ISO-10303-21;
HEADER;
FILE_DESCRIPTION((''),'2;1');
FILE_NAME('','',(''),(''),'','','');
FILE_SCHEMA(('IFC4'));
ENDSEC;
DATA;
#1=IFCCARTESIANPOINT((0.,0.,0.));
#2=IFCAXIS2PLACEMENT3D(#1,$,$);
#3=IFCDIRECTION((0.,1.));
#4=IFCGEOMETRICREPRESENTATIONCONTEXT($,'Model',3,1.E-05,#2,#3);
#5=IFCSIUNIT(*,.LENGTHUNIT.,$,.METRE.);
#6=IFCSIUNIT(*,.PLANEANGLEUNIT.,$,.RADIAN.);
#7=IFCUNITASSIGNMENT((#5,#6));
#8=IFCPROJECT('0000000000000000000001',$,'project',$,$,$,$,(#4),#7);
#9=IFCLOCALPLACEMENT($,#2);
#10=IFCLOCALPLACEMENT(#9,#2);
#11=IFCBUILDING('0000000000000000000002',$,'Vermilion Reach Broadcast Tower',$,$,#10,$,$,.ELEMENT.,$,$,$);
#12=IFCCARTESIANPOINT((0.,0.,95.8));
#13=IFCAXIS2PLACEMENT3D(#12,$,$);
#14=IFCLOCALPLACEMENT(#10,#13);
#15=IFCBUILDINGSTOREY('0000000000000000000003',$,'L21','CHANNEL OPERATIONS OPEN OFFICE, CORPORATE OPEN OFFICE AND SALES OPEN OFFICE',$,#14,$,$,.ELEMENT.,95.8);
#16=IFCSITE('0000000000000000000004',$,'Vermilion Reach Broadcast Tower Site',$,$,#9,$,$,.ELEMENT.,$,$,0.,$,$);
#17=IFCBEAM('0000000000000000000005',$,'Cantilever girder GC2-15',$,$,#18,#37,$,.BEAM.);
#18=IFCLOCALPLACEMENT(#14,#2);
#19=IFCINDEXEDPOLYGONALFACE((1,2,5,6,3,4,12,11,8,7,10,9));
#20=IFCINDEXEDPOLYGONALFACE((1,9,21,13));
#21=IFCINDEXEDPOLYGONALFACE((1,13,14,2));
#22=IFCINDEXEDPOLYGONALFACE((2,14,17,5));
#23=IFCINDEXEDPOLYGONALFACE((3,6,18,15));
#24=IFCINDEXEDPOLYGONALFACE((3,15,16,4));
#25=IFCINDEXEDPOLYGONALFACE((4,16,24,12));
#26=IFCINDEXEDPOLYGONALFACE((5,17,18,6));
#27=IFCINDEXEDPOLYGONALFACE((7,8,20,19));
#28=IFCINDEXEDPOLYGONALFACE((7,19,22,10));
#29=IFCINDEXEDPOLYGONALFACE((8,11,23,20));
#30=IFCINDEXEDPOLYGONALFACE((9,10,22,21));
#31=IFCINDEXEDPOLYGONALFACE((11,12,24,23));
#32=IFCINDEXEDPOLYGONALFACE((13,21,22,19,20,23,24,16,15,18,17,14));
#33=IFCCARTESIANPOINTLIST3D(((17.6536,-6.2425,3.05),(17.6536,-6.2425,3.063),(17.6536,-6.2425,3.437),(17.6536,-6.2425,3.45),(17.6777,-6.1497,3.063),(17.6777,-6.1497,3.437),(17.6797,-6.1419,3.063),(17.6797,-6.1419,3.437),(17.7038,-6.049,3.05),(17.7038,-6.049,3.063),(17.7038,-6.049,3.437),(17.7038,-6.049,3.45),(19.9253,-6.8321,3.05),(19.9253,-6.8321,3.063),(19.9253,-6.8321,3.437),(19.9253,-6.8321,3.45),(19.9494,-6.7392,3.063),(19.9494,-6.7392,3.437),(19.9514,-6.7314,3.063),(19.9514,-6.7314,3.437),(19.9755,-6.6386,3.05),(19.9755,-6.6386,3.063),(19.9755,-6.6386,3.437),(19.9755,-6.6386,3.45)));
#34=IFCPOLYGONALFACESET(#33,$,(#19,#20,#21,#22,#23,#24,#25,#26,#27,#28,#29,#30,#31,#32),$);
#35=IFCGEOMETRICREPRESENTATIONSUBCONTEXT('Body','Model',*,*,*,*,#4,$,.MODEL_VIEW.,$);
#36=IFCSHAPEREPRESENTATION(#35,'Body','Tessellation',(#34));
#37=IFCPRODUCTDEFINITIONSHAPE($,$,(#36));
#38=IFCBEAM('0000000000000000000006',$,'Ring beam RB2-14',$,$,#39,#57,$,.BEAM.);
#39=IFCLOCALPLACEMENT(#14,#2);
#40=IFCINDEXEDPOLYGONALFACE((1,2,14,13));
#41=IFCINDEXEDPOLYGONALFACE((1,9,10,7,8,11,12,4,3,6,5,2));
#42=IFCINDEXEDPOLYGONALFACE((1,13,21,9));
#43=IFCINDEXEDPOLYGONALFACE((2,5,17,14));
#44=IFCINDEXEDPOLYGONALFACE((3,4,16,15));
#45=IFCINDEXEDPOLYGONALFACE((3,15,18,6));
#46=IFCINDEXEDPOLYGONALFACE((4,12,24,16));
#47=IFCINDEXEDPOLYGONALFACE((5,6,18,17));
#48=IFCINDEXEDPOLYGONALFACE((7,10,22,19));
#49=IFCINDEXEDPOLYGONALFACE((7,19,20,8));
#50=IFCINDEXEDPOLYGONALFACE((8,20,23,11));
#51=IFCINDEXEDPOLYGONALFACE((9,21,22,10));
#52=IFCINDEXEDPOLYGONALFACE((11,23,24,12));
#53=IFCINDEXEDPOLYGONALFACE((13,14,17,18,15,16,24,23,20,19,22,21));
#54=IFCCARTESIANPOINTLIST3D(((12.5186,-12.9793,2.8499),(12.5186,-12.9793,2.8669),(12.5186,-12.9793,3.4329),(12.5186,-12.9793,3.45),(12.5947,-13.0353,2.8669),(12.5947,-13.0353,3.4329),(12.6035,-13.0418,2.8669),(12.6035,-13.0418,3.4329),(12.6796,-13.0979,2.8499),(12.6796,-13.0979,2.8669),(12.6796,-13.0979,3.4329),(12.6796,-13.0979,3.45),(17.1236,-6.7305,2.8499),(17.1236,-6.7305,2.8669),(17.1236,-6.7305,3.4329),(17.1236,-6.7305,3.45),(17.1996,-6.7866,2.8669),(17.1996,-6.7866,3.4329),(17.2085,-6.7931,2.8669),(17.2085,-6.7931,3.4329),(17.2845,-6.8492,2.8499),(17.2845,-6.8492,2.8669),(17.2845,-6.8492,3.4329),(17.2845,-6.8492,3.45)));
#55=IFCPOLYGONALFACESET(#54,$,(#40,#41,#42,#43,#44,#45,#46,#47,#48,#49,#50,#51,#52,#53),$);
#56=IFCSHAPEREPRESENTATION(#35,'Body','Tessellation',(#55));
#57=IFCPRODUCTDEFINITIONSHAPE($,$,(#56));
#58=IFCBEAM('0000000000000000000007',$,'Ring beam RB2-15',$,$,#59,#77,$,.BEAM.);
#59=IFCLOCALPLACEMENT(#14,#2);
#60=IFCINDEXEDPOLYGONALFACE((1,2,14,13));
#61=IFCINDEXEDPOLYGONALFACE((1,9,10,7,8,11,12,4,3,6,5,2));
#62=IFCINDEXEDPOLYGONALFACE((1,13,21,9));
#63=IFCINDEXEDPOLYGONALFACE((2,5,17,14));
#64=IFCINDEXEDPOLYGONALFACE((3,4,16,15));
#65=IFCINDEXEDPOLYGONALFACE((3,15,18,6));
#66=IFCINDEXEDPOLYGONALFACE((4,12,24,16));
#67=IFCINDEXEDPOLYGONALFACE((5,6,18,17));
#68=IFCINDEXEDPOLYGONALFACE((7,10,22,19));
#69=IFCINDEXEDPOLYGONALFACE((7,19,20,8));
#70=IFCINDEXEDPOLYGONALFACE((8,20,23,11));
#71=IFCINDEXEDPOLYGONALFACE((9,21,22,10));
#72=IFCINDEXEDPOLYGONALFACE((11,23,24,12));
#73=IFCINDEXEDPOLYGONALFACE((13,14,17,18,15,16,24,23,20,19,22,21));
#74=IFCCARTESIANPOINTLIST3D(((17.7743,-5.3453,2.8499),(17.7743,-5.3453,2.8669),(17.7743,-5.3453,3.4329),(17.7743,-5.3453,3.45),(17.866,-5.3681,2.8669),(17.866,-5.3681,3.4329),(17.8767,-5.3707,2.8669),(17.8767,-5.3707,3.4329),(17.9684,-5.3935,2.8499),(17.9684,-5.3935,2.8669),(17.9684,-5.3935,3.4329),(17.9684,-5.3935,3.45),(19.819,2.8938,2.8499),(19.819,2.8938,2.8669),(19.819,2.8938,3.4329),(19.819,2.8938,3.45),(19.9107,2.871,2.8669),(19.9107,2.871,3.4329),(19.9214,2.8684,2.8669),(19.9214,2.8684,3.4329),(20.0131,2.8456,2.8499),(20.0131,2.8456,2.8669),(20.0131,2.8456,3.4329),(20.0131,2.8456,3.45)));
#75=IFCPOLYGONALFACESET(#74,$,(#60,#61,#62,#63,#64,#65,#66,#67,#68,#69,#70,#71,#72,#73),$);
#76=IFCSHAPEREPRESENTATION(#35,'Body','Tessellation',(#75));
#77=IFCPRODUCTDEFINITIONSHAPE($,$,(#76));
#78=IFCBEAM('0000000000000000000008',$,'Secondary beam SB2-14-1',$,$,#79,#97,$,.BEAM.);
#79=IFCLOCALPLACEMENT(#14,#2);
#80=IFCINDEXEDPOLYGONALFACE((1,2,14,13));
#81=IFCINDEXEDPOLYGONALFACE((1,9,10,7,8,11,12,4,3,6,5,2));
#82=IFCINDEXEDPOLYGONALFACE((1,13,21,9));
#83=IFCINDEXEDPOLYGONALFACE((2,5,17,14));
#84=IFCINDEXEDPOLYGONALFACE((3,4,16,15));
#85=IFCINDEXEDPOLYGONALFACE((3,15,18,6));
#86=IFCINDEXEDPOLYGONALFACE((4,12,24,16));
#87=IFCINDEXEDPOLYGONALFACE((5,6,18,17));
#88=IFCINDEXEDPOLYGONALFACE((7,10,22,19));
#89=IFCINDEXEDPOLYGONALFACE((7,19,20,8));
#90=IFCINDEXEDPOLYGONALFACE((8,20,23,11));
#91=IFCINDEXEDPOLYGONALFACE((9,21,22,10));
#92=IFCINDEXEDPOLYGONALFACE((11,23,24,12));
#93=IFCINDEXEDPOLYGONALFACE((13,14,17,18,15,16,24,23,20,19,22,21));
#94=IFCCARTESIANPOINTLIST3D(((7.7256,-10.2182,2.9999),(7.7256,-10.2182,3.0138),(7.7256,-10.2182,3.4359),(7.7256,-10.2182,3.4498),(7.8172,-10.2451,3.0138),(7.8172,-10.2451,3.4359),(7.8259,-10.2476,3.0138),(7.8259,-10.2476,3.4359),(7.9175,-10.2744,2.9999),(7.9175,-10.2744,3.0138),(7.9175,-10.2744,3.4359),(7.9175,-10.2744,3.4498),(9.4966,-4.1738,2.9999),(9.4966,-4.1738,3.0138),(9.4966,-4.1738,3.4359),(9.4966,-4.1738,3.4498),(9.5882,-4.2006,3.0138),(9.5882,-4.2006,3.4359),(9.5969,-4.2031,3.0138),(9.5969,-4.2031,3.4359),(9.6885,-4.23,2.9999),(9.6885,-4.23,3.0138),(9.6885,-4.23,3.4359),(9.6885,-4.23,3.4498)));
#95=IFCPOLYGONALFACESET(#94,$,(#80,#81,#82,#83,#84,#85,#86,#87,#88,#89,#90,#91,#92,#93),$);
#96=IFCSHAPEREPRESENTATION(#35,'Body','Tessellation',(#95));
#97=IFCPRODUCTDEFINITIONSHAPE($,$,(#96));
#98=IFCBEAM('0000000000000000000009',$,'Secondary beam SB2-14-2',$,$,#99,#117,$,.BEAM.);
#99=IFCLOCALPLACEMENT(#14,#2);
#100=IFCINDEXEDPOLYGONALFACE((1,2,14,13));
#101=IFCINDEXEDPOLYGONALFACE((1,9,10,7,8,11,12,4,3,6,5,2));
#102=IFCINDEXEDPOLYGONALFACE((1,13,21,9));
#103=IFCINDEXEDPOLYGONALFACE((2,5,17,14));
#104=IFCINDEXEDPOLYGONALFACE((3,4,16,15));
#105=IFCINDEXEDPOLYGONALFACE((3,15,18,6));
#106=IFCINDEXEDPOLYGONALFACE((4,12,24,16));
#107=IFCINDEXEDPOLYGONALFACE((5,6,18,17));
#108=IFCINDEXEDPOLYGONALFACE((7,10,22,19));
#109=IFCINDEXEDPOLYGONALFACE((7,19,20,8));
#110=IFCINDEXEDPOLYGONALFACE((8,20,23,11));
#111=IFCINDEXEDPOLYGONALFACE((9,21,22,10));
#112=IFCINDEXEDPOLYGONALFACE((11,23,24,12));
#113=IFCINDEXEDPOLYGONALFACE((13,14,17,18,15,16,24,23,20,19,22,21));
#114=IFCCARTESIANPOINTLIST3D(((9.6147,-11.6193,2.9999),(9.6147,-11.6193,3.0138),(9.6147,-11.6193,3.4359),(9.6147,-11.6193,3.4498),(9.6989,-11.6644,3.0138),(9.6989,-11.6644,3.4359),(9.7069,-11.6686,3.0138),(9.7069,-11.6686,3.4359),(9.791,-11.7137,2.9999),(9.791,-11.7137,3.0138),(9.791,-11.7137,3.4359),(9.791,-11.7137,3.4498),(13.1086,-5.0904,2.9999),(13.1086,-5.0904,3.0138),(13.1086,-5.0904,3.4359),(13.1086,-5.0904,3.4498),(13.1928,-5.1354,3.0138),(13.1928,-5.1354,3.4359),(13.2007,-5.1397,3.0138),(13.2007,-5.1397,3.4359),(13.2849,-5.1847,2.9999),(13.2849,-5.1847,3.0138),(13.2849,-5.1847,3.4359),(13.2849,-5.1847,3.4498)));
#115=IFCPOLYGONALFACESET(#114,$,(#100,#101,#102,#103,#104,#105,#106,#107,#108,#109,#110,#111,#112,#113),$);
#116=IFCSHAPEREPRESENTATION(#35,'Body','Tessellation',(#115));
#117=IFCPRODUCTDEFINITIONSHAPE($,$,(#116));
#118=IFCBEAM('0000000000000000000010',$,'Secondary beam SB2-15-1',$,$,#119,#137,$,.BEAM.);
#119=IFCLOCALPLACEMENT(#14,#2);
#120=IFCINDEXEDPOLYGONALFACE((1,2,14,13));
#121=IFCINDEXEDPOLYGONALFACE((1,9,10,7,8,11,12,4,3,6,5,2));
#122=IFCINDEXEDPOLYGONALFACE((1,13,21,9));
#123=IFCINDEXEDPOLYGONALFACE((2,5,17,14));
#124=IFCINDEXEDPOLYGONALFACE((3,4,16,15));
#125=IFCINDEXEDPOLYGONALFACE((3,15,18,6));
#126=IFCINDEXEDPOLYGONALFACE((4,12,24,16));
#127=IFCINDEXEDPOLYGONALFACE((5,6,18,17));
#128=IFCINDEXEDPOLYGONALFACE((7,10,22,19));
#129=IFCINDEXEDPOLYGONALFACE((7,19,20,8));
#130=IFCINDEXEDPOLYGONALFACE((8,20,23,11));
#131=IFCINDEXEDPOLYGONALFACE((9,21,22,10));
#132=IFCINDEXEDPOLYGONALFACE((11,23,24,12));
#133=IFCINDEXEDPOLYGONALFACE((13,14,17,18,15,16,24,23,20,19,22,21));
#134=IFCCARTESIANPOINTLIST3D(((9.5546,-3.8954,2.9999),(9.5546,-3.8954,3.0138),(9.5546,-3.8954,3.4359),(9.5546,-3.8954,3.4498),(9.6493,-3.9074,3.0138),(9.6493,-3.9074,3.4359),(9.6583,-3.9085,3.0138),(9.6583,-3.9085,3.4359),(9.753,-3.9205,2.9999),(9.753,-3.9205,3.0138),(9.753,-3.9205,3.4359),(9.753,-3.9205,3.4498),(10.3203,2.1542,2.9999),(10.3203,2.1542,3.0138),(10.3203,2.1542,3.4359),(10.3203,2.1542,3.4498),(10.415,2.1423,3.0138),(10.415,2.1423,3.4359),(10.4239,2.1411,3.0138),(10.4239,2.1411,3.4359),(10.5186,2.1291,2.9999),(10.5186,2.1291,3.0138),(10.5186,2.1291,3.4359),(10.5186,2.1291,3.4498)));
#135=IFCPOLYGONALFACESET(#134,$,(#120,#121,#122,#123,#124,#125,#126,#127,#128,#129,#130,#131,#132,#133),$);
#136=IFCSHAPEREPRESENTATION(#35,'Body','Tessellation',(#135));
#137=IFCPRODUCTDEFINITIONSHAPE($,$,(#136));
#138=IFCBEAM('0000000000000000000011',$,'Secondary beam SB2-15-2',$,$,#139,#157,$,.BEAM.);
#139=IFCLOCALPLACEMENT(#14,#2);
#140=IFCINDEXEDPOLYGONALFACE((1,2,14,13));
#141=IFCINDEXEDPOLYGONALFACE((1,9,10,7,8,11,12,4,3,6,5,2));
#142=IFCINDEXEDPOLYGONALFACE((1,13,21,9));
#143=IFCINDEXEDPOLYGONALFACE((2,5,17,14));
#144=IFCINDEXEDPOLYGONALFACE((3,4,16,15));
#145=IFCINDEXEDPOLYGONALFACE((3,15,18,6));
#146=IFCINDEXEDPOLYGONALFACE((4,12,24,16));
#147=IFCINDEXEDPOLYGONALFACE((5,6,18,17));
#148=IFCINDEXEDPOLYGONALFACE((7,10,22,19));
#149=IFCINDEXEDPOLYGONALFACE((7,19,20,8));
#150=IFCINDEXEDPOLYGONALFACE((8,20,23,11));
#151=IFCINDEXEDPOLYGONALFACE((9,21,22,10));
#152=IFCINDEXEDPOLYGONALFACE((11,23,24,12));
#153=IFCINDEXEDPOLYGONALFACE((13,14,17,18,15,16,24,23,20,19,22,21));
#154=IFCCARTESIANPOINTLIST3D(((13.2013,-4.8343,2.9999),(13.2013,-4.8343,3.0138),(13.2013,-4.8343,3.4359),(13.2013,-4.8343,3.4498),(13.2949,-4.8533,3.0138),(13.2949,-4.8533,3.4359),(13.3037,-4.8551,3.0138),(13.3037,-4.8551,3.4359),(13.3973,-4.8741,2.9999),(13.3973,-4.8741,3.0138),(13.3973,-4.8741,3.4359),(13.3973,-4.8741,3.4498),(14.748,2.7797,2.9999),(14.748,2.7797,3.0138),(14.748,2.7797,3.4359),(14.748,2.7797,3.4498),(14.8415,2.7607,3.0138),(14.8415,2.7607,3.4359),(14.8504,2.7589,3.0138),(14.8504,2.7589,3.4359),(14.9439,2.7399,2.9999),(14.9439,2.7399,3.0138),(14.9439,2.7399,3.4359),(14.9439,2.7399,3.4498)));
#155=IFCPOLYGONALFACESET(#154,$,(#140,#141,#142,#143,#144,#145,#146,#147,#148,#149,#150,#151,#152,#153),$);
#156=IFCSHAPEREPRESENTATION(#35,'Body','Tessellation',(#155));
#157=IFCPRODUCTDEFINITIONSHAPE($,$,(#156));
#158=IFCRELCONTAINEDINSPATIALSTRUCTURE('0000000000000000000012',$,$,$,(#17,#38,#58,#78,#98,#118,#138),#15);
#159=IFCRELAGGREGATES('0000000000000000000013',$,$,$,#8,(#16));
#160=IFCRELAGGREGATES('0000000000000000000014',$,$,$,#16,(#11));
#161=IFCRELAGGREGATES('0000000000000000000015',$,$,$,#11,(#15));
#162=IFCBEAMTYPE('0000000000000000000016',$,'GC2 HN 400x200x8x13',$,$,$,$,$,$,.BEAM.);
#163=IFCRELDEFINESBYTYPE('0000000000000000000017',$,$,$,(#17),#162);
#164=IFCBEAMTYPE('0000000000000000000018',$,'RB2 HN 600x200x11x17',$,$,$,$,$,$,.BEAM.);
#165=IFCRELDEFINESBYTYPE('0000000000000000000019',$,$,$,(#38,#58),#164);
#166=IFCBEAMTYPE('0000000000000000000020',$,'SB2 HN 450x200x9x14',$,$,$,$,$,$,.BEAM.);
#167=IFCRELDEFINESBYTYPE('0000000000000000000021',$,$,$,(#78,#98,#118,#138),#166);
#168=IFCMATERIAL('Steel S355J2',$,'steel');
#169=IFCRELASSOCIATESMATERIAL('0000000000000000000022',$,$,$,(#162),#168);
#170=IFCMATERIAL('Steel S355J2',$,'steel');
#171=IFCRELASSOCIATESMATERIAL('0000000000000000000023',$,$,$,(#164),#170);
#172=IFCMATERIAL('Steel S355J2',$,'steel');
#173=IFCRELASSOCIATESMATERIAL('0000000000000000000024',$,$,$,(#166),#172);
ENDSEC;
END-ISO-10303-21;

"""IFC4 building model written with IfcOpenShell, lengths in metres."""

from ifc_helpers import new_model, si_unit, direction, frame, origin, origin_2d, place, context, subcontext, project, spatial, i_section, extrude, material, material_profile, profile_set, type_object, element, save


model = new_model("IFC4")

# Units and contexts
model_context = context("Model", 3, precision=1e-05, world=origin(), true_north=direction((0.0, 1.0)))
body_context = subcontext(model_context, "Body", "Model", "MODEL_VIEW")
ifc_project = project(units=[si_unit("LENGTHUNIT", "METRE"), si_unit("PLANEANGLEUNIT", "RADIAN")], contexts=[model_context])

# Site, building, storey
site_placement = place(None, origin())
site = spatial("IfcSite", under=ifc_project, at=site_placement, Name="Vermilion Reach Broadcast Tower Site", CompositionType="ELEMENT", RefElevation=0.0)
building_placement = place(site_placement, origin())
building = spatial("IfcBuilding", under=site, at=building_placement, Name="Vermilion Reach Broadcast Tower", CompositionType="ELEMENT")
storey_placement = place(building_placement, frame((0.0, 0.0, 95.8)))
storey = spatial("IfcBuildingStorey", under=building, at=storey_placement, Name="L21", Description="CHANNEL OPERATIONS OPEN OFFICE, CORPORATE OPEN OFFICE AND SALES OPEN OFFICE", CompositionType="ELEMENT", Elevation=95.8)

# Beams
ifc_material_1 = material(Name="Steel S355J2", Category="steel")
ifc_material_profile_1 = material_profile(ifc_material_1, i_section(OverallWidth=0.2, OverallDepth=0.3999, WebThickness=0.0081, FlangeThickness=0.0129, at=origin_2d()), Name="S355J2 HN 400x200x8x13")
ifc_profile_set_1 = profile_set([ifc_material_profile_1], Name="Steel S355J2")
beam_type_1 = type_object("IfcBeamType", Name="GC2 HN 400x200x8x13", PredefinedType="BEAM", material=ifc_profile_set_1)
beam_1_placement = place(storey_placement, frame((17.6787, -6.1458, 3.25), z_axis=(0.967931, -0.251215, 0.0), x_axis=(0.251215, 0.967931, 0.0)))
element("IfcBeam", 1, at=beam_1_placement, inside=storey, type_object=beam_type_1, Name="Cantilever girder GC2-15", PredefinedType="BEAM", context=body_context, shape_type="SweptSolid", body=[
    extrude(i_section(OverallWidth=0.2, OverallDepth=0.3999, WebThickness=0.0081, FlangeThickness=0.0129, at=origin_2d()), origin(), (0.0, 0.0, 1.0), 2.3469),
])
ifc_material_2 = material(Name="Steel S355J2", Category="steel")
ifc_material_profile_2 = material_profile(ifc_material_2, i_section(OverallWidth=0.2, OverallDepth=0.6001, WebThickness=0.011, FlangeThickness=0.0171, at=origin_2d()), Name="S355J2 HN 600x200x11x17")
ifc_profile_set_2 = profile_set([ifc_material_profile_2], Name="Steel S355J2")
beam_type_2 = type_object("IfcBeamType", Name="RB2 HN 600x200x11x17", PredefinedType="BEAM", material=ifc_profile_set_2)
beam_2_placement = place(storey_placement, frame((12.5991, -13.0386, 3.1499), z_axis=(0.593251, 0.805018, 0.0), x_axis=(-0.805018, 0.593251, 0.0)))
element("IfcBeam", 2, at=beam_2_placement, inside=storey, type_object=beam_type_2, Name="Ring beam RB2-14", PredefinedType="BEAM", context=body_context, shape_type="SweptSolid", body=[
    extrude(i_section(OverallWidth=0.2, OverallDepth=0.6001, WebThickness=0.011, FlangeThickness=0.0171, at=origin_2d()), origin(), (0.0, 0.0, 1.0), 7.7622),
])
beam_3_placement = place(storey_placement, frame((17.8713, -5.3694, 3.1499), z_axis=(0.240864, 0.970559, 0.0), x_axis=(-0.970559, 0.240864, 0.0)))
element("IfcBeam", 3, at=beam_3_placement, inside=storey, type_object=beam_type_2, Name="Ring beam RB2-15", PredefinedType="BEAM", context=body_context, shape_type="SweptSolid", body=[
    extrude(i_section(OverallWidth=0.2, OverallDepth=0.6001, WebThickness=0.011, FlangeThickness=0.0171, at=origin_2d()), origin(), (0.0, 0.0, 1.0), 8.489),
])
ifc_material_3 = material(Name="Steel S355J2", Category="steel")
ifc_material_profile_3 = material_profile(ifc_material_3, i_section(OverallWidth=0.2, OverallDepth=0.45, WebThickness=0.009, FlangeThickness=0.0139, at=origin_2d()), Name="S355J2 HN 450x200x9x14")
ifc_profile_set_3 = profile_set([ifc_material_profile_3], Name="Steel S355J2")
beam_type_3 = type_object("IfcBeamType", Name="SB2 HN 450x200x9x14", PredefinedType="BEAM", material=ifc_profile_set_3)
beam_4_placement = place(storey_placement, frame((7.8215, -10.2463, 3.2249), z_axis=(0.281176, 0.959656, 0.0), x_axis=(-0.959656, 0.281176, 0.0)))
element("IfcBeam", 4, at=beam_4_placement, inside=storey, type_object=beam_type_3, Name="Secondary beam SB2-14-1", PredefinedType="BEAM", context=body_context, shape_type="SweptSolid", body=[
    extrude(i_section(OverallWidth=0.2, OverallDepth=0.45, WebThickness=0.009, FlangeThickness=0.0139, at=origin_2d()), origin(), (0.0, 0.0, 1.0), 6.2986),
])
beam_5_placement = place(storey_placement, frame((9.7029, -11.6665, 3.2249), z_axis=(0.471822, 0.881694, 0.0), x_axis=(-0.881694, 0.471822, 0.0)))
element("IfcBeam", 5, at=beam_5_placement, inside=storey, type_object=beam_type_3, Name="Secondary beam SB2-14-2", PredefinedType="BEAM", context=body_context, shape_type="SweptSolid", body=[
    extrude(i_section(OverallWidth=0.2, OverallDepth=0.45, WebThickness=0.009, FlangeThickness=0.0139, at=origin_2d()), origin(), (0.0, 0.0, 1.0), 7.405),
])
beam_6_placement = place(storey_placement, frame((9.6538, -3.908, 3.2249), z_axis=(0.125557, 0.992086, 0.0), x_axis=(-0.992086, 0.125557, 0.0)))
element("IfcBeam", 6, at=beam_6_placement, inside=storey, type_object=beam_type_3, Name="Secondary beam SB2-15-1", PredefinedType="BEAM", context=body_context, shape_type="SweptSolid", body=[
    extrude(i_section(OverallWidth=0.2, OverallDepth=0.45, WebThickness=0.009, FlangeThickness=0.0139, at=origin_2d()), origin(), (0.0, 0.0, 1.0), 6.0979),
])
beam_7_placement = place(storey_placement, frame((13.2993, -4.8542, 3.2249), z_axis=(0.199064, 0.979986, 0.0), x_axis=(-0.979986, 0.199064, 0.0)))
element("IfcBeam", 7, at=beam_7_placement, inside=storey, type_object=beam_type_3, Name="Secondary beam SB2-15-2", PredefinedType="BEAM", context=body_context, shape_type="SweptSolid", body=[
    extrude(i_section(OverallWidth=0.2, OverallDepth=0.45, WebThickness=0.009, FlangeThickness=0.0139, at=origin_2d()), origin(), (0.0, 0.0, 1.0), 7.7695),
])

save(model, "model.ifc")
